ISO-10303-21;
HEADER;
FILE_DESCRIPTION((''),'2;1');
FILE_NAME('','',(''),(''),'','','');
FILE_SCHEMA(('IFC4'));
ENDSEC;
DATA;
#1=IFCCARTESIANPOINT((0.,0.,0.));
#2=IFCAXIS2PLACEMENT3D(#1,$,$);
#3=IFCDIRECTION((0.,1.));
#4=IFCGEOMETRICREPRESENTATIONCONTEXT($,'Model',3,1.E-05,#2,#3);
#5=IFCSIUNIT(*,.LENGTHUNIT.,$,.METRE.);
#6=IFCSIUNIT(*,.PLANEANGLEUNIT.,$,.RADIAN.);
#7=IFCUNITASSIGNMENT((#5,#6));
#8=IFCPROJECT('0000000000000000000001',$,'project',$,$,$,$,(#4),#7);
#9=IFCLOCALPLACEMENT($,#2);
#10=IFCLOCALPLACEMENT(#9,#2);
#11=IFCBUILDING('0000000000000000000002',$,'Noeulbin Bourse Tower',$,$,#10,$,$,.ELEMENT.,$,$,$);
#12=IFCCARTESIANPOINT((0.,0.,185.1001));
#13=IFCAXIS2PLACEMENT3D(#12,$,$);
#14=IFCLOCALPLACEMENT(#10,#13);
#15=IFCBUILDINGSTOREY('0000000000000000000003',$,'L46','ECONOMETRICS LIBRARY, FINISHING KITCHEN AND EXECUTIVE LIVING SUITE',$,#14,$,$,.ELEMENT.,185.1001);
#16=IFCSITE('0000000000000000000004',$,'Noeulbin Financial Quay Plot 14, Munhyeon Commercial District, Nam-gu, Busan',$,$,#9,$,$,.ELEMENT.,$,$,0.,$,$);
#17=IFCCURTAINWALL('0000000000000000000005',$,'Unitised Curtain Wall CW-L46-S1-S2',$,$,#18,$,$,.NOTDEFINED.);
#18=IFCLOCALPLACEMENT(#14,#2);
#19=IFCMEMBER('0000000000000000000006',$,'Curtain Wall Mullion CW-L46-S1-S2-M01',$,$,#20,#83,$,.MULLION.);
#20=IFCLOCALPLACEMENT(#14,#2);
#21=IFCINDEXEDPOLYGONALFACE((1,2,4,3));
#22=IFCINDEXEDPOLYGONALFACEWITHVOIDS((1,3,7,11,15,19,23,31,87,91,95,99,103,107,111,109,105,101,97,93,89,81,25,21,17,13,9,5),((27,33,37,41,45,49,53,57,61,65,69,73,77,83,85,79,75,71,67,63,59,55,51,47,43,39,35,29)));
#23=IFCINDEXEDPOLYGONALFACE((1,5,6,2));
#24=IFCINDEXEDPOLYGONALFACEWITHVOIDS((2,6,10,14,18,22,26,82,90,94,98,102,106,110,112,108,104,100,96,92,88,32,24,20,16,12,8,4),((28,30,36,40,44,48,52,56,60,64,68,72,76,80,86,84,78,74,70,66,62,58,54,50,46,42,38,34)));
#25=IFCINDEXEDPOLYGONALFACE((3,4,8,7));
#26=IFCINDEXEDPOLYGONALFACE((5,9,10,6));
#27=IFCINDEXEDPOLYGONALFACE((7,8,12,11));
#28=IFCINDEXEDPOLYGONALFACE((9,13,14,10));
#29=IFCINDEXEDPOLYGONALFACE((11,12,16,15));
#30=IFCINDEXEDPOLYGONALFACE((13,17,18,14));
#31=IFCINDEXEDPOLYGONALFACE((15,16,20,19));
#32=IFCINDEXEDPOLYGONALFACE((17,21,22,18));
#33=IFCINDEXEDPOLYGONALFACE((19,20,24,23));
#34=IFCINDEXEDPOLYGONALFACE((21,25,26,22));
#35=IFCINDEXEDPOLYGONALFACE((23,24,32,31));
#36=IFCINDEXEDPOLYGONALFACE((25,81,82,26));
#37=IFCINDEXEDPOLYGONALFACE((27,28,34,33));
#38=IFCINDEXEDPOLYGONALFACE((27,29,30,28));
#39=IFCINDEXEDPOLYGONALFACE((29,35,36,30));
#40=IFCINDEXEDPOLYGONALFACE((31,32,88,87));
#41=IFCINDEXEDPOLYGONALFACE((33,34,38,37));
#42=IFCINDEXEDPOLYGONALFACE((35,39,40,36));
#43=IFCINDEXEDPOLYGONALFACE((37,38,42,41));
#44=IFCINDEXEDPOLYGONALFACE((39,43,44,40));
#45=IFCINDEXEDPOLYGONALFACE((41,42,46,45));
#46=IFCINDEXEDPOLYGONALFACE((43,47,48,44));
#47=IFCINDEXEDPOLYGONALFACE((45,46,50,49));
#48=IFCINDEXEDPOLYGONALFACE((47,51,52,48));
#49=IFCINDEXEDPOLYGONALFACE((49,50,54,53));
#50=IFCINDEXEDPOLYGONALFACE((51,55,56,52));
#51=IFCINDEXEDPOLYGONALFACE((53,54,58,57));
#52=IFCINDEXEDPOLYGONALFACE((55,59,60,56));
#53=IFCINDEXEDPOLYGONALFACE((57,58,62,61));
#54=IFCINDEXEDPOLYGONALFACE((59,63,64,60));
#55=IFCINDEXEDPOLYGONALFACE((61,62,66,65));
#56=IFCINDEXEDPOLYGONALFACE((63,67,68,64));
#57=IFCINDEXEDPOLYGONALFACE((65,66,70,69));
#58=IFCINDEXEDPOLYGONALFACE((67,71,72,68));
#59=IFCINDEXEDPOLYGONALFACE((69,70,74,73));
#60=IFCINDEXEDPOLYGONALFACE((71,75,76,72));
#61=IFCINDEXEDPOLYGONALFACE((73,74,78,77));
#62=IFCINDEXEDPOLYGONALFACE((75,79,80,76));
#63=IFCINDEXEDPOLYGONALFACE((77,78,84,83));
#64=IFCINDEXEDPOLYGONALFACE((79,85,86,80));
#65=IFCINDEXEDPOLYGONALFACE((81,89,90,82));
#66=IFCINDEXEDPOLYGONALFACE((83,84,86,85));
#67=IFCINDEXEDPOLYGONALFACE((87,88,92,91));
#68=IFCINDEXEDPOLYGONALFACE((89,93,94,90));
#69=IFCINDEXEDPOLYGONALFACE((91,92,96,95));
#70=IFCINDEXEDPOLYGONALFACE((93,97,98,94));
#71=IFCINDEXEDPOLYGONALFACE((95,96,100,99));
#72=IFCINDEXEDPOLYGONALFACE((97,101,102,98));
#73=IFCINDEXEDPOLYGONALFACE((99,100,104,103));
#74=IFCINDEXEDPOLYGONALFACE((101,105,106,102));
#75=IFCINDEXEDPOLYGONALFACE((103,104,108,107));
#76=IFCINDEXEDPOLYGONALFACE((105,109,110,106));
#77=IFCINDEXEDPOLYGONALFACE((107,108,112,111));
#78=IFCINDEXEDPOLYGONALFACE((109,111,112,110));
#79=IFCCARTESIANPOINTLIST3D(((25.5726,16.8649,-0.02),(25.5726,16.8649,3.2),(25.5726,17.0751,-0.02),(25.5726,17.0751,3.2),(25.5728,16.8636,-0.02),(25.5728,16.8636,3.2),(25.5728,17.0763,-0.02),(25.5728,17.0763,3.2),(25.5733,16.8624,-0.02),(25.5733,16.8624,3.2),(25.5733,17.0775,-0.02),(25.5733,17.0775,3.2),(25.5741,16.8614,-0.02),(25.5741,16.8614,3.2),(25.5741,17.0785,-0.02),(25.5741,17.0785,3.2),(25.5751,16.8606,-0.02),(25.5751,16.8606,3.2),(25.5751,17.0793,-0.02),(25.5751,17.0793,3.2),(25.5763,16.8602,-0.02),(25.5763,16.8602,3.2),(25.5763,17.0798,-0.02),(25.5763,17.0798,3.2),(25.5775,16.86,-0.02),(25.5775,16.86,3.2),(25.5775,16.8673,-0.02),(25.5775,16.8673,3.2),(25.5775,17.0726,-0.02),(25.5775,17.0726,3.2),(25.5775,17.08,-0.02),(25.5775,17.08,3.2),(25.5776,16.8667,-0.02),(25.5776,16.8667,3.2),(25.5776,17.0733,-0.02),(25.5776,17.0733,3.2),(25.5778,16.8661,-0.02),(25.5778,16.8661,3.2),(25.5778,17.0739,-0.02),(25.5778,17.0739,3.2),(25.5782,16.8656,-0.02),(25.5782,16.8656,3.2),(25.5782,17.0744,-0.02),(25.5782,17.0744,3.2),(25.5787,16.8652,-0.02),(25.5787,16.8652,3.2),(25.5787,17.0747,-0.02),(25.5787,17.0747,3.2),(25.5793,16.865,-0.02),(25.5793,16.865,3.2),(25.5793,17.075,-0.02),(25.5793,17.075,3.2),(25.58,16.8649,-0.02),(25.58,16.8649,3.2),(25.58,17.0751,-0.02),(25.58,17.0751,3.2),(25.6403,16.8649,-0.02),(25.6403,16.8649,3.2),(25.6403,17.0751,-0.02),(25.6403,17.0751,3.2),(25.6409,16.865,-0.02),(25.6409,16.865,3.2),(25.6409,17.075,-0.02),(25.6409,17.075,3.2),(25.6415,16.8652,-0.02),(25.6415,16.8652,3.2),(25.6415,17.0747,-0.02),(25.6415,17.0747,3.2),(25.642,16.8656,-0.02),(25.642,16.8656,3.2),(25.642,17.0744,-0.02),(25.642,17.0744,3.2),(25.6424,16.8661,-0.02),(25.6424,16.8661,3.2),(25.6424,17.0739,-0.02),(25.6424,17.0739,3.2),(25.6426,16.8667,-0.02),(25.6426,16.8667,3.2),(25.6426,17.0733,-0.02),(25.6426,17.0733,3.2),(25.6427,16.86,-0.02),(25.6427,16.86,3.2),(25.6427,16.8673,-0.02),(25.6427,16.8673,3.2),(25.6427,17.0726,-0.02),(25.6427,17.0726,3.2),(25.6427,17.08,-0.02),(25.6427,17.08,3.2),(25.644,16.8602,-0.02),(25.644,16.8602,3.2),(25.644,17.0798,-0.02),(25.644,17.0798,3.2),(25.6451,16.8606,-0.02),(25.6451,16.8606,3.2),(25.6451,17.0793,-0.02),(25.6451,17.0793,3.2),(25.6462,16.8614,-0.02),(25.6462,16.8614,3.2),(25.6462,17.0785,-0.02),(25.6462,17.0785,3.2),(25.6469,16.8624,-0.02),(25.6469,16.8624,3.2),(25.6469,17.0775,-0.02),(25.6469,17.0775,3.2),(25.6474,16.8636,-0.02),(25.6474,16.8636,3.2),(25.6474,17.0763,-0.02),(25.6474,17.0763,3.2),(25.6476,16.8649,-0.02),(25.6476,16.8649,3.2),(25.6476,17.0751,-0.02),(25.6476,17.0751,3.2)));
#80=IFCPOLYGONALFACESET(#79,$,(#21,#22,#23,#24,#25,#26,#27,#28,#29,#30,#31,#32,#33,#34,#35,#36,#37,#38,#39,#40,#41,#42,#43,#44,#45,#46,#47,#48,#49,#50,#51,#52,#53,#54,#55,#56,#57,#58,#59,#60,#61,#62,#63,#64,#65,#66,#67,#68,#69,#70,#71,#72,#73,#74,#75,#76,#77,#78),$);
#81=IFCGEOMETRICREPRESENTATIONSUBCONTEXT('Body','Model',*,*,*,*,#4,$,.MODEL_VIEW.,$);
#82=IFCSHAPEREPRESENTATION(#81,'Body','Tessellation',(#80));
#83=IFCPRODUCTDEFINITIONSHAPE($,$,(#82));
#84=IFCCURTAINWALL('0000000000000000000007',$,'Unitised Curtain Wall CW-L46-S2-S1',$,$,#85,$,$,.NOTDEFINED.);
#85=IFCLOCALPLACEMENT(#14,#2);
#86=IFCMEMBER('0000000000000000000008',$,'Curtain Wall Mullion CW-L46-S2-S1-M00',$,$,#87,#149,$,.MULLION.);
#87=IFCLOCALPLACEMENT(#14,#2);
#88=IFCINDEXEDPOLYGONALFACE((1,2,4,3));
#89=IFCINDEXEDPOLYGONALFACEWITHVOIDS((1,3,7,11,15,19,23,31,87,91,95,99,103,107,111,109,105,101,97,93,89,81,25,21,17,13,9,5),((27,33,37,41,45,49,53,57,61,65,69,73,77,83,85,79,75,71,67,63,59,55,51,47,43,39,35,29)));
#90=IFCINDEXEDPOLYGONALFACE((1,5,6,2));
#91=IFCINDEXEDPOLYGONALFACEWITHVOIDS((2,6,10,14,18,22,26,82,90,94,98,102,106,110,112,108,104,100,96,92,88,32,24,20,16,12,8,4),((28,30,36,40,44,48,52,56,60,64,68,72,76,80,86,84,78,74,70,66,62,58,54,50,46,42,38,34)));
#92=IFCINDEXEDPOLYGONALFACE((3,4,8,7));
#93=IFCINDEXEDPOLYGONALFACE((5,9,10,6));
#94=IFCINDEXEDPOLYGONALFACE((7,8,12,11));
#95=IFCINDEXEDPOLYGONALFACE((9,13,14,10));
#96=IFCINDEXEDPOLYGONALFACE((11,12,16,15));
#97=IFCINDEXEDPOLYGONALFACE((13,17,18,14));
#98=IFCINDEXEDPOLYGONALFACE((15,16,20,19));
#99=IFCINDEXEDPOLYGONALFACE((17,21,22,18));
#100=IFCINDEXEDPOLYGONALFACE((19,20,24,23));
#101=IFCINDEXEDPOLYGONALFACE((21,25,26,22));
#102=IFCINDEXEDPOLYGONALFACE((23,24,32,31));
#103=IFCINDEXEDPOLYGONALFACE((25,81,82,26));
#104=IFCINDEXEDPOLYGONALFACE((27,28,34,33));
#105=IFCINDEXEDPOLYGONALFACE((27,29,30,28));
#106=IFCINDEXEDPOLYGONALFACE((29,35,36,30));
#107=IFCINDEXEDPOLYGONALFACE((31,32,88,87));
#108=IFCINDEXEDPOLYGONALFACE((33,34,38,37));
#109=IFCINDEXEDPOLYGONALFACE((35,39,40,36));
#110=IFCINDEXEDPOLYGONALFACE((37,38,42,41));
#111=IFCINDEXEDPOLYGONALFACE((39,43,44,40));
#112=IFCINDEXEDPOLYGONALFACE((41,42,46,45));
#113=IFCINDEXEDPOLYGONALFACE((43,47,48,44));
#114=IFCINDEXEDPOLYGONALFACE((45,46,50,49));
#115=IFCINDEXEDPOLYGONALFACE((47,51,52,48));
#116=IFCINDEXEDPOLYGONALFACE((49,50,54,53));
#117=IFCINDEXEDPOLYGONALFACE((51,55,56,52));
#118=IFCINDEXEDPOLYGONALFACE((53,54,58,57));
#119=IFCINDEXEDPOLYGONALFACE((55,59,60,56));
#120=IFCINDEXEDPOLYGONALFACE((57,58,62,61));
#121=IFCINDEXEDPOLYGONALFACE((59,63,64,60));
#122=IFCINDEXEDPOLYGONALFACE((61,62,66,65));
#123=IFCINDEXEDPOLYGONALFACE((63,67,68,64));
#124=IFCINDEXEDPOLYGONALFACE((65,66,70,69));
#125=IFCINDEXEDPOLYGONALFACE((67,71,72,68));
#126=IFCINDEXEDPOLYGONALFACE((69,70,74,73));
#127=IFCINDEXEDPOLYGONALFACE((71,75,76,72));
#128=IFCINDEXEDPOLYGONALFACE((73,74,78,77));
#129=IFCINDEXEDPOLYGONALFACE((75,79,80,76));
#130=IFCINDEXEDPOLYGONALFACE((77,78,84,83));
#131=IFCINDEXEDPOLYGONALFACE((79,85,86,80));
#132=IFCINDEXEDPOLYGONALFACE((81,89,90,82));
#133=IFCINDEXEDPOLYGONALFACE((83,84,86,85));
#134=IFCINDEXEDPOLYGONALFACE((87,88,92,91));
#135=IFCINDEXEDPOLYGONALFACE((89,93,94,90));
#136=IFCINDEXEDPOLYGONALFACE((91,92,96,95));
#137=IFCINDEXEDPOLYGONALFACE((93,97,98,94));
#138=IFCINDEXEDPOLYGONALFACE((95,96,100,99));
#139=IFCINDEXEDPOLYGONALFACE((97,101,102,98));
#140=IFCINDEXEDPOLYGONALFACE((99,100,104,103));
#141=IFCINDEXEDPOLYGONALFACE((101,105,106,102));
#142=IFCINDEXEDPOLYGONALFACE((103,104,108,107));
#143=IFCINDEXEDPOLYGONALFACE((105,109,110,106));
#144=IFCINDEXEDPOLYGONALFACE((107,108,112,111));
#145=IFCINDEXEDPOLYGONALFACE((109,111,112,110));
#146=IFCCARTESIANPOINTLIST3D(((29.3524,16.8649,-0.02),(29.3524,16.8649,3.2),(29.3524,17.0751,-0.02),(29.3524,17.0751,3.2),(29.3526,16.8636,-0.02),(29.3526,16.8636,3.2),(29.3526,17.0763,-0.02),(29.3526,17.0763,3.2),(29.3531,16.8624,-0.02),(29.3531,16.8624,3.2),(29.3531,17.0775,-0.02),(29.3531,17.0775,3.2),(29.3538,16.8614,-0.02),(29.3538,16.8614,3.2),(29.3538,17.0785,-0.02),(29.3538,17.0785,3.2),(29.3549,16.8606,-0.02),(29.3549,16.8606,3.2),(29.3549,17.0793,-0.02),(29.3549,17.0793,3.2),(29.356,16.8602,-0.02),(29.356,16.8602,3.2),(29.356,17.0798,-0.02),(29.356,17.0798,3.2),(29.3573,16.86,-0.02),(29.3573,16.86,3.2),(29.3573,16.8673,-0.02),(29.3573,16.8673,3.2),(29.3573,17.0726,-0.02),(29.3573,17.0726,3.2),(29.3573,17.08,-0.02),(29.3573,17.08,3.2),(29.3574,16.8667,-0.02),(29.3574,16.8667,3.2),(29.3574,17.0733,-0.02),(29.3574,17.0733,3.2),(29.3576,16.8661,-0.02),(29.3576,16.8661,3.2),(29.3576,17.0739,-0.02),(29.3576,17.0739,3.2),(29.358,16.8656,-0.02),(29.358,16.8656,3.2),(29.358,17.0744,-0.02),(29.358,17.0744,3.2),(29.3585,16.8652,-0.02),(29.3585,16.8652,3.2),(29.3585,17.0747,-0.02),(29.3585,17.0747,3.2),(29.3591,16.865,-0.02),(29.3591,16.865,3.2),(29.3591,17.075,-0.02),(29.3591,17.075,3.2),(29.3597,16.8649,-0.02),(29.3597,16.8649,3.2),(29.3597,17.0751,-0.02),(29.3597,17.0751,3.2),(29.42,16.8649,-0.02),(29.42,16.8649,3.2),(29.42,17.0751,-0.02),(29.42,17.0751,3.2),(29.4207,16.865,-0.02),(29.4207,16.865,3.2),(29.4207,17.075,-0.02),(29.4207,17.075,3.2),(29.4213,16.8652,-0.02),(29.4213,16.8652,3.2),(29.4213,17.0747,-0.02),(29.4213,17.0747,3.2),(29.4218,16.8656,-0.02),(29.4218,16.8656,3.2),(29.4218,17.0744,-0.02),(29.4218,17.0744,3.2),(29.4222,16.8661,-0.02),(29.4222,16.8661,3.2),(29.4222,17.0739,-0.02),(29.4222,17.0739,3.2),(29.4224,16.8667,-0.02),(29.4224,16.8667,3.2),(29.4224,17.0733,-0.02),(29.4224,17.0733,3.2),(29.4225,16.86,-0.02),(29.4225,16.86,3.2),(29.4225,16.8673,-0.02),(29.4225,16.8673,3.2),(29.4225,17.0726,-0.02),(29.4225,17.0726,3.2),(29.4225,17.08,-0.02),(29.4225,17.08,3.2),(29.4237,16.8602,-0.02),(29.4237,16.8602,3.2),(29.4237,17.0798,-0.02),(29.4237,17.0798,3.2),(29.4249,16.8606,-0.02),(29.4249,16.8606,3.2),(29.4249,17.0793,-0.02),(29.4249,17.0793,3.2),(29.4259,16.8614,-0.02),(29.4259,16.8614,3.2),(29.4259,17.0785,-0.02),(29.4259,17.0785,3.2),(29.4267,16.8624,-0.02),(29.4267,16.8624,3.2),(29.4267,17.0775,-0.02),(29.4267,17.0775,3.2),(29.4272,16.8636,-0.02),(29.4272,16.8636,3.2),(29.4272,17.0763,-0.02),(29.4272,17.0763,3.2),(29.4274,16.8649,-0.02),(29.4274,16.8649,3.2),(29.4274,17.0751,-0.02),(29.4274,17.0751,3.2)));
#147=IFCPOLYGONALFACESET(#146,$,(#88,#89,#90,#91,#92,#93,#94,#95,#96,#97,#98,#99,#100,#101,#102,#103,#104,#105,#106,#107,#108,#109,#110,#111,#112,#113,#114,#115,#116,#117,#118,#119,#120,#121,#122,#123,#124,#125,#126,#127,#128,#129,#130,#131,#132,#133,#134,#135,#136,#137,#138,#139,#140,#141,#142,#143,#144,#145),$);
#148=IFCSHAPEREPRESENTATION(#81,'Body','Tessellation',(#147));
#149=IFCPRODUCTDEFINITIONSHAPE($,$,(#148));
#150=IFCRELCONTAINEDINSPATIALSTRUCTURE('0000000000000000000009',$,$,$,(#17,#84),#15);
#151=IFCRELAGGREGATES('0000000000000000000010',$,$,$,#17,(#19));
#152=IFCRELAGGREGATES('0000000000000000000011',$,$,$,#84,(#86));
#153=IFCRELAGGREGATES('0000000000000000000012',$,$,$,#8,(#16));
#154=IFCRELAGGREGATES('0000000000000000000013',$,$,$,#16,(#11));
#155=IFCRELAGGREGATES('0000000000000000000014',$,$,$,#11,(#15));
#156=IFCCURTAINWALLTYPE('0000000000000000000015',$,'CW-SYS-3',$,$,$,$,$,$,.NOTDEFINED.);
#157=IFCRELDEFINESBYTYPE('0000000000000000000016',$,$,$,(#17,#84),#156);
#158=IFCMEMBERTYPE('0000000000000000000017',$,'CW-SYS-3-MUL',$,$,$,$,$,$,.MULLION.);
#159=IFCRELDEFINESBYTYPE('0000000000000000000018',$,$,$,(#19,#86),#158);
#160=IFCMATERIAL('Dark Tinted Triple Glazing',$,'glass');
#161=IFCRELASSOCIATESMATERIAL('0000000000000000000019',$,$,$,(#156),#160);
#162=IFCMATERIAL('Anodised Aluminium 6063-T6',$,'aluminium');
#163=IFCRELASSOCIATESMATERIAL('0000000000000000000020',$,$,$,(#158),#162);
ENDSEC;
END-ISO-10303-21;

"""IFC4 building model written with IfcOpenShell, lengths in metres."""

from ifc_helpers import new_model, si_unit, direction, frame, origin, origin_2d, place, context, subcontext, project, spatial, hollow_rectangle, extrude, material, material_profile, profile_set, type_object, element, aggregate, save


model = new_model("IFC4")

# Units and contexts
model_context = context("Model", 3, precision=1e-05, world=origin(), true_north=direction((0.0, 1.0)))
body_context = subcontext(model_context, "Body", "Model", "MODEL_VIEW")
ifc_project = project(units=[si_unit("LENGTHUNIT", "METRE"), si_unit("PLANEANGLEUNIT", "RADIAN")], contexts=[model_context])

# Site, building, storey
site_placement = place(None, origin())
site = spatial("IfcSite", under=ifc_project, at=site_placement, Name="Noeulbin Financial Quay Plot 14, Munhyeon Commercial District, Nam-gu, Busan", CompositionType="ELEMENT", RefElevation=0.0)
building_placement = place(site_placement, origin())
building = spatial("IfcBuilding", under=site, at=building_placement, Name="Noeulbin Bourse Tower", CompositionType="ELEMENT")
storey_placement = place(building_placement, frame((0.0, 0.0, 185.1001)))
storey = spatial("IfcBuildingStorey", under=building, at=storey_placement, Name="L46", Description="ECONOMETRICS LIBRARY, FINISHING KITCHEN AND EXECUTIVE LIVING SUITE", CompositionType="ELEMENT", Elevation=185.1001)

# Shared definitions
ifc_material_1 = material(Name="Dark Tinted Triple Glazing", Category="glass")
curtain_wall_type = type_object("IfcCurtainWallType", Name="CW-SYS-3", PredefinedType="NOTDEFINED", material=ifc_material_1)
ifc_material_2 = material(Name="Anodised Aluminium 6063-T6", Category="aluminium")
ifc_material_profile_1 = material_profile(ifc_material_2, hollow_rectangle(XDim=0.075, YDim=0.22, WallThickness=0.0049, InnerFilletRadius=0.0024, OuterFilletRadius=0.0049, at=origin_2d()), Name="ALU-MULL-75x220x5", Category="LoadBearing")
ifc_profile_set_1 = profile_set([ifc_material_profile_1], Name="Anodised Aluminium 6063-T6")
member_type_1 = type_object("IfcMemberType", Name="CW-SYS-3-MUL", PredefinedType="MULLION", material=ifc_profile_set_1)

# Curtain walls, members
curtain_wall_1_placement = place(storey_placement, origin())
curtain_wall_1 = element("IfcCurtainWall", 1, at=curtain_wall_1_placement, inside=storey, type_object=curtain_wall_type, Name="Unitised Curtain Wall CW-L46-S1-S2", PredefinedType="NOTDEFINED")
member_1_placement = place(storey_placement, frame((25.6101, 16.97, -0.02), z_axis=(0.0, 0.0, 1.0), x_axis=(1.0, 0.0, 0.0)))
member_1 = element("IfcMember", 2, at=member_1_placement, type_object=member_type_1, Name="Curtain Wall Mullion CW-L46-S1-S2-M01", PredefinedType="MULLION", context=body_context, shape_type="SweptSolid", body=[
    extrude(hollow_rectangle(XDim=0.075, YDim=0.22, WallThickness=0.0049, InnerFilletRadius=0.0024, OuterFilletRadius=0.0049, at=origin_2d()), origin(), (0.0, 0.0, 1.0), 3.22),
])
curtain_wall_2_placement = place(storey_placement, origin())
curtain_wall_2 = element("IfcCurtainWall", 3, at=curtain_wall_2_placement, inside=storey, type_object=curtain_wall_type, Name="Unitised Curtain Wall CW-L46-S2-S1", PredefinedType="NOTDEFINED")
member_2_placement = place(storey_placement, frame((29.3899, 16.97, -0.02), z_axis=(0.0, 0.0, 1.0), x_axis=(1.0, 0.0, 0.0)))
member_2 = element("IfcMember", 4, at=member_2_placement, type_object=member_type_1, Name="Curtain Wall Mullion CW-L46-S2-S1-M00", PredefinedType="MULLION", context=body_context, shape_type="SweptSolid", body=[
    extrude(hollow_rectangle(XDim=0.075, YDim=0.22, WallThickness=0.0049, InnerFilletRadius=0.0024, OuterFilletRadius=0.0049, at=origin_2d()), origin(), (0.0, 0.0, 1.0), 3.22),
])

aggregate(curtain_wall_1, [member_1])
aggregate(curtain_wall_2, [member_2])

save(model, "model.ifc")
